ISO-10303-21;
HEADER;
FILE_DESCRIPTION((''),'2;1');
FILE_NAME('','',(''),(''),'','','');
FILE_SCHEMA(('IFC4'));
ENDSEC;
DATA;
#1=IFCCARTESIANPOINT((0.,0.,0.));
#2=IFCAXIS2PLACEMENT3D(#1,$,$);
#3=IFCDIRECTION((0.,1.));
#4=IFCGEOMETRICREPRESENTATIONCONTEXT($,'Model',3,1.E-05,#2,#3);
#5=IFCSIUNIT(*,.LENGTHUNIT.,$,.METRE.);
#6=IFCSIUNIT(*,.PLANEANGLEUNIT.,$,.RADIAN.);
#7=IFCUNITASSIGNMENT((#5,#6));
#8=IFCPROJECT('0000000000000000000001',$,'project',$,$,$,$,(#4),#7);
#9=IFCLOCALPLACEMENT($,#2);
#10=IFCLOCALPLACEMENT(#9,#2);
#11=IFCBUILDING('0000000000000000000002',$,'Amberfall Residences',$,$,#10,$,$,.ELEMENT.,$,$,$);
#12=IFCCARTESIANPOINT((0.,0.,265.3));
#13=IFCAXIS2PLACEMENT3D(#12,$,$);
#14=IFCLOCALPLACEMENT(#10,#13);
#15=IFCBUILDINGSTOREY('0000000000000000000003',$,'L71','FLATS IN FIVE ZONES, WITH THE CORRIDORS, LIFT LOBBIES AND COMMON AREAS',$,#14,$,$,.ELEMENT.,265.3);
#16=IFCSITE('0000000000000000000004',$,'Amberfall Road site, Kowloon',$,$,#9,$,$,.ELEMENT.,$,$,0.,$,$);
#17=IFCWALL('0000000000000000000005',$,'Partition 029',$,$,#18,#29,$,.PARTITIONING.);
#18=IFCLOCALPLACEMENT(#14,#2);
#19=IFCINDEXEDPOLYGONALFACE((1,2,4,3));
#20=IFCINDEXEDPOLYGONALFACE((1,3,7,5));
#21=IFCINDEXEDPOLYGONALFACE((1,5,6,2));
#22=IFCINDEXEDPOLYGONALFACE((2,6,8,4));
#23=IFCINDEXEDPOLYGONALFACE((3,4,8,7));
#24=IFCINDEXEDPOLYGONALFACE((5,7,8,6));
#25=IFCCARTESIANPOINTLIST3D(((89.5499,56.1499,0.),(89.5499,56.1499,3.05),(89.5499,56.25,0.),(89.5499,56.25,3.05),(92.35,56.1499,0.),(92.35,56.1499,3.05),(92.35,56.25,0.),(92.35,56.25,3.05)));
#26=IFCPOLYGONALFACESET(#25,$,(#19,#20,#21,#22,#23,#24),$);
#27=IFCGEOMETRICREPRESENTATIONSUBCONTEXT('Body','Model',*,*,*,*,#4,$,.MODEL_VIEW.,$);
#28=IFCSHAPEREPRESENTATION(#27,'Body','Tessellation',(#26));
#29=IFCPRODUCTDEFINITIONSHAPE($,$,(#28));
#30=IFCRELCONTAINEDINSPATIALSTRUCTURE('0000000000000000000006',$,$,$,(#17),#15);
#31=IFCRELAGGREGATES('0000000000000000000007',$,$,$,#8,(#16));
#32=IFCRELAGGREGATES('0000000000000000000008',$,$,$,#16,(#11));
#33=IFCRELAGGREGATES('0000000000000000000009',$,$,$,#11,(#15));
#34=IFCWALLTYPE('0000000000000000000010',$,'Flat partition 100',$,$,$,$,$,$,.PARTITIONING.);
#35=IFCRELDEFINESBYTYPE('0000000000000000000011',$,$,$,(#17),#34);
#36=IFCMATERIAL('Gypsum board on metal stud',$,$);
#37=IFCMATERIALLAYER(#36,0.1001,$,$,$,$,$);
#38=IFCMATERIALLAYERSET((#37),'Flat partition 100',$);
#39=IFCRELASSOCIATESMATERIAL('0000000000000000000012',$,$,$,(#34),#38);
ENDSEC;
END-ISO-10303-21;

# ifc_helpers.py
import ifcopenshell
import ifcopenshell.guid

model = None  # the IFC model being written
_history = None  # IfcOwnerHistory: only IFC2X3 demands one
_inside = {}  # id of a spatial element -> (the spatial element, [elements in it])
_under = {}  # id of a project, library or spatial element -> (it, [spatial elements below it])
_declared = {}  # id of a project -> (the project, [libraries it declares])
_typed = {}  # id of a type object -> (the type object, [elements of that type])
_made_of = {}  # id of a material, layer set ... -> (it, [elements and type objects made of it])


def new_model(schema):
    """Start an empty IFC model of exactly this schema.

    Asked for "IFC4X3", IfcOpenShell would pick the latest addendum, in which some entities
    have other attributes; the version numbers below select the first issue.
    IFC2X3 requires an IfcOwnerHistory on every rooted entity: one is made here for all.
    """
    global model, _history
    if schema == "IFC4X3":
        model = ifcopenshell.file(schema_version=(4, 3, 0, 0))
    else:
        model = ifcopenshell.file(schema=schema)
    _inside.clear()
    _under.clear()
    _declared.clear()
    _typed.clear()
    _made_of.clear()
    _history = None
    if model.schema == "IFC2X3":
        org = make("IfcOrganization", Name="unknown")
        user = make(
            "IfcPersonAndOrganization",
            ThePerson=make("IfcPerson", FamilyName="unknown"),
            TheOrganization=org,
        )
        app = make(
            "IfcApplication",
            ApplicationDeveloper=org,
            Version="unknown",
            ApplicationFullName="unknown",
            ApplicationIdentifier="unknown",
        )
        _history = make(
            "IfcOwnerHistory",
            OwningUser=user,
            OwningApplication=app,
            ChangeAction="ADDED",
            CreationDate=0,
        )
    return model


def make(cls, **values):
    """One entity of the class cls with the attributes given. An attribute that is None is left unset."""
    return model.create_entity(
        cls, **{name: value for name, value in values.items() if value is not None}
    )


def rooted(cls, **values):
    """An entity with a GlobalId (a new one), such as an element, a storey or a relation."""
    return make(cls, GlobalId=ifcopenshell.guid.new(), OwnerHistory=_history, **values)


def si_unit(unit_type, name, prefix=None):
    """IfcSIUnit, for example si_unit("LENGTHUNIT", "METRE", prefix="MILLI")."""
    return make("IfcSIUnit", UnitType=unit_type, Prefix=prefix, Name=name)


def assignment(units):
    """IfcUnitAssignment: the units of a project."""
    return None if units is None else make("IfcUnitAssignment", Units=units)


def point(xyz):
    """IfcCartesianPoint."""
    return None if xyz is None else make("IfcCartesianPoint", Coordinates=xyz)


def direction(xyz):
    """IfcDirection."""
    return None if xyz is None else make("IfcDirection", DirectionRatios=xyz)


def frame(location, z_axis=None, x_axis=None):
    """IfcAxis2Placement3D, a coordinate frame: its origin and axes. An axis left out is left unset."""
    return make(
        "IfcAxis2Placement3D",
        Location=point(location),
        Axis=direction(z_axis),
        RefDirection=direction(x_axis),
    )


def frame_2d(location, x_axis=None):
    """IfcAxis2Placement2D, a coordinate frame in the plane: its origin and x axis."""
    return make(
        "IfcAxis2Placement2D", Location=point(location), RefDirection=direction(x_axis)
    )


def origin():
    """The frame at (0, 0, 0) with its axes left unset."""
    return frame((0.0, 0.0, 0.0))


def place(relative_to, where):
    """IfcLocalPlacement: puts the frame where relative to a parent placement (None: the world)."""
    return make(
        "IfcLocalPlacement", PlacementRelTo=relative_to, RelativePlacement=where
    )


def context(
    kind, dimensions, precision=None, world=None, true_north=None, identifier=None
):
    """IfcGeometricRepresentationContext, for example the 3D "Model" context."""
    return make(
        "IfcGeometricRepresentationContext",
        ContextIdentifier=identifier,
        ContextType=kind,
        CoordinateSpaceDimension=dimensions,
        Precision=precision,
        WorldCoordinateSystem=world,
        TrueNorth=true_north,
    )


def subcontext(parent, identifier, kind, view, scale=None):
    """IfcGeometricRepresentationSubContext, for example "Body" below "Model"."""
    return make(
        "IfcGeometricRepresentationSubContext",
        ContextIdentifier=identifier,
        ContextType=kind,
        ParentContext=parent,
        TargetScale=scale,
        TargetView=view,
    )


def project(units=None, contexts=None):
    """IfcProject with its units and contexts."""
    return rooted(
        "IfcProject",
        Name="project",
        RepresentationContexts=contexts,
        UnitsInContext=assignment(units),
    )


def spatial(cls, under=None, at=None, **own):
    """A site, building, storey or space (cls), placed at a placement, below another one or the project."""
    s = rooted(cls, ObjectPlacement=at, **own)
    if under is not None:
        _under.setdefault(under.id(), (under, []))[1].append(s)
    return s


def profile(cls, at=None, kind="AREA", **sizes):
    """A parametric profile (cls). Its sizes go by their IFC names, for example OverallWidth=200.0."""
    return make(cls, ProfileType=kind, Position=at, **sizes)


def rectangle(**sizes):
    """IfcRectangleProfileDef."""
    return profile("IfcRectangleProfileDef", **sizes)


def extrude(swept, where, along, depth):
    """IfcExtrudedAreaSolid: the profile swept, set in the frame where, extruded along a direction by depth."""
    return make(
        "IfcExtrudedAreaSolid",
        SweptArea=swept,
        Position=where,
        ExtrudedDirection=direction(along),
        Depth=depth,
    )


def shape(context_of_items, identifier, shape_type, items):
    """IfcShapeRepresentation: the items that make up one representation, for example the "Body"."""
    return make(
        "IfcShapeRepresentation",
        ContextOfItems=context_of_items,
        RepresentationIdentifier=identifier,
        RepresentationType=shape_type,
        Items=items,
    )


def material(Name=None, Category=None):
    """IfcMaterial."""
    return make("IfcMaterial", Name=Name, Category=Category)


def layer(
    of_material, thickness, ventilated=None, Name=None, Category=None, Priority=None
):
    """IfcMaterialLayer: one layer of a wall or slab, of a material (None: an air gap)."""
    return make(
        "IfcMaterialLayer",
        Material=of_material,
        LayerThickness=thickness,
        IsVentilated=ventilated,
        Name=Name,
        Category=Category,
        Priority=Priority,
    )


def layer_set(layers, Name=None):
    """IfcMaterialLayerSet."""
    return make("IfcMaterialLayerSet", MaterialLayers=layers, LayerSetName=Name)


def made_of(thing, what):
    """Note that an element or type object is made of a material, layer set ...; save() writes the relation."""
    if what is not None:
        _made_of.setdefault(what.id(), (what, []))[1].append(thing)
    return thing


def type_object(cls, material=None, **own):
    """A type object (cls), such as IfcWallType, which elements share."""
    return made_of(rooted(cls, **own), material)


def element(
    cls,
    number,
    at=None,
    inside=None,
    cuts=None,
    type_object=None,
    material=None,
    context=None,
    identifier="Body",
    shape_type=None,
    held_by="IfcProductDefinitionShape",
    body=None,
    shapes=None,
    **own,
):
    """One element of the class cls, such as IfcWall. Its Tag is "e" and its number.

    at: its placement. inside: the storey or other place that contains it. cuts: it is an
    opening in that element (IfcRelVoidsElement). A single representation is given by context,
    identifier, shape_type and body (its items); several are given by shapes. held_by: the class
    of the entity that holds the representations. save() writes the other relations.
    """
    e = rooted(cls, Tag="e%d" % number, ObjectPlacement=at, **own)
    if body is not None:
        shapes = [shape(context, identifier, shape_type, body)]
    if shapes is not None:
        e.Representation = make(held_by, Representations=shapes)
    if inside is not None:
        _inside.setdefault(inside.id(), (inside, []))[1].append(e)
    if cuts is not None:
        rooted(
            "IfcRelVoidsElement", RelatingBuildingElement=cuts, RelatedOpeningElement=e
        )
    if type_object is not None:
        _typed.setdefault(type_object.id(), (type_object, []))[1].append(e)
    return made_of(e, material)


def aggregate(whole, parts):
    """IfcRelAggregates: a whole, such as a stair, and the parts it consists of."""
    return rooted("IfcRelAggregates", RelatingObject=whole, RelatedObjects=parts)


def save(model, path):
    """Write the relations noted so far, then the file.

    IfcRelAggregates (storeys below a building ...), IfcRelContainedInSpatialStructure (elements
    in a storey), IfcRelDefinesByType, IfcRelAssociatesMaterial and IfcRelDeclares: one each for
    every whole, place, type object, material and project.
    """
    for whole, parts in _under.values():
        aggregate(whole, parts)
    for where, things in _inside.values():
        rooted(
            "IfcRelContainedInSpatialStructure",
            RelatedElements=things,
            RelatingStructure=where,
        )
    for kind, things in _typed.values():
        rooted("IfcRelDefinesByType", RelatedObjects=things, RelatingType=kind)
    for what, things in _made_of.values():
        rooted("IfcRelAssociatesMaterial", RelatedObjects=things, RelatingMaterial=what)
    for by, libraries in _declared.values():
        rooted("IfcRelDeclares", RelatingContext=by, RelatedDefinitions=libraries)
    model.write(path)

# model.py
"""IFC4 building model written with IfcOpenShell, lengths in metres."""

from ifc_helpers import new_model, si_unit, direction, frame, frame_2d, origin, place, context, subcontext, project, spatial, rectangle, extrude, material, layer, layer_set, type_object, element, save


model = new_model("IFC4")

# Units and contexts
model_context = context("Model", 3, precision=1e-05, world=origin(), true_north=direction((0.0, 1.0)))
body_context = subcontext(model_context, "Body", "Model", "MODEL_VIEW")
ifc_project = project(units=[si_unit("LENGTHUNIT", "METRE"), si_unit("PLANEANGLEUNIT", "RADIAN")], contexts=[model_context])

# Site, building, storey
site_placement = place(None, origin())
site = spatial("IfcSite", under=ifc_project, at=site_placement, Name="Amberfall Road site, Kowloon", CompositionType="ELEMENT", RefElevation=0.0)
building_placement = place(site_placement, origin())
building = spatial("IfcBuilding", under=site, at=building_placement, Name="Amberfall Residences", CompositionType="ELEMENT")
storey_placement = place(building_placement, frame((0.0, 0.0, 265.3)))
storey = spatial("IfcBuildingStorey", under=building, at=storey_placement, Name="L71", Description="FLATS IN FIVE ZONES, WITH THE CORRIDORS, LIFT LOBBIES AND COMMON AREAS", CompositionType="ELEMENT", Elevation=265.3)

# Shared definitions
ifc_material_1 = material(Name="Gypsum board on metal stud")
ifc_layer_1 = layer(ifc_material_1, 0.1001)
ifc_layer_set_1 = layer_set([ifc_layer_1], Name="Flat partition 100")
wall_type_1 = type_object("IfcWallType", Name="Flat partition 100", PredefinedType="PARTITIONING", material=ifc_layer_set_1)

# Wall
for number, where, z_axis, x_axis, name in (
    (1, (89.55, 56.2, 0.0), (0.0, 0.0, 1.0), (1.0, 0.0, 0.0), "Partition 029"),
):
    element("IfcWall", number, at=place(storey_placement, frame(where, z_axis=z_axis, x_axis=x_axis)), inside=storey, type_object=wall_type_1, Name=name, PredefinedType="PARTITIONING", context=body_context, shape_type="SweptSolid", body=[
        extrude(rectangle(XDim=2.8, YDim=0.1001, at=frame_2d((1.3999, 0.0))), origin(), (0.0, 0.0, 1.0), 3.05),
    ])

save(model, "model.ifc")
